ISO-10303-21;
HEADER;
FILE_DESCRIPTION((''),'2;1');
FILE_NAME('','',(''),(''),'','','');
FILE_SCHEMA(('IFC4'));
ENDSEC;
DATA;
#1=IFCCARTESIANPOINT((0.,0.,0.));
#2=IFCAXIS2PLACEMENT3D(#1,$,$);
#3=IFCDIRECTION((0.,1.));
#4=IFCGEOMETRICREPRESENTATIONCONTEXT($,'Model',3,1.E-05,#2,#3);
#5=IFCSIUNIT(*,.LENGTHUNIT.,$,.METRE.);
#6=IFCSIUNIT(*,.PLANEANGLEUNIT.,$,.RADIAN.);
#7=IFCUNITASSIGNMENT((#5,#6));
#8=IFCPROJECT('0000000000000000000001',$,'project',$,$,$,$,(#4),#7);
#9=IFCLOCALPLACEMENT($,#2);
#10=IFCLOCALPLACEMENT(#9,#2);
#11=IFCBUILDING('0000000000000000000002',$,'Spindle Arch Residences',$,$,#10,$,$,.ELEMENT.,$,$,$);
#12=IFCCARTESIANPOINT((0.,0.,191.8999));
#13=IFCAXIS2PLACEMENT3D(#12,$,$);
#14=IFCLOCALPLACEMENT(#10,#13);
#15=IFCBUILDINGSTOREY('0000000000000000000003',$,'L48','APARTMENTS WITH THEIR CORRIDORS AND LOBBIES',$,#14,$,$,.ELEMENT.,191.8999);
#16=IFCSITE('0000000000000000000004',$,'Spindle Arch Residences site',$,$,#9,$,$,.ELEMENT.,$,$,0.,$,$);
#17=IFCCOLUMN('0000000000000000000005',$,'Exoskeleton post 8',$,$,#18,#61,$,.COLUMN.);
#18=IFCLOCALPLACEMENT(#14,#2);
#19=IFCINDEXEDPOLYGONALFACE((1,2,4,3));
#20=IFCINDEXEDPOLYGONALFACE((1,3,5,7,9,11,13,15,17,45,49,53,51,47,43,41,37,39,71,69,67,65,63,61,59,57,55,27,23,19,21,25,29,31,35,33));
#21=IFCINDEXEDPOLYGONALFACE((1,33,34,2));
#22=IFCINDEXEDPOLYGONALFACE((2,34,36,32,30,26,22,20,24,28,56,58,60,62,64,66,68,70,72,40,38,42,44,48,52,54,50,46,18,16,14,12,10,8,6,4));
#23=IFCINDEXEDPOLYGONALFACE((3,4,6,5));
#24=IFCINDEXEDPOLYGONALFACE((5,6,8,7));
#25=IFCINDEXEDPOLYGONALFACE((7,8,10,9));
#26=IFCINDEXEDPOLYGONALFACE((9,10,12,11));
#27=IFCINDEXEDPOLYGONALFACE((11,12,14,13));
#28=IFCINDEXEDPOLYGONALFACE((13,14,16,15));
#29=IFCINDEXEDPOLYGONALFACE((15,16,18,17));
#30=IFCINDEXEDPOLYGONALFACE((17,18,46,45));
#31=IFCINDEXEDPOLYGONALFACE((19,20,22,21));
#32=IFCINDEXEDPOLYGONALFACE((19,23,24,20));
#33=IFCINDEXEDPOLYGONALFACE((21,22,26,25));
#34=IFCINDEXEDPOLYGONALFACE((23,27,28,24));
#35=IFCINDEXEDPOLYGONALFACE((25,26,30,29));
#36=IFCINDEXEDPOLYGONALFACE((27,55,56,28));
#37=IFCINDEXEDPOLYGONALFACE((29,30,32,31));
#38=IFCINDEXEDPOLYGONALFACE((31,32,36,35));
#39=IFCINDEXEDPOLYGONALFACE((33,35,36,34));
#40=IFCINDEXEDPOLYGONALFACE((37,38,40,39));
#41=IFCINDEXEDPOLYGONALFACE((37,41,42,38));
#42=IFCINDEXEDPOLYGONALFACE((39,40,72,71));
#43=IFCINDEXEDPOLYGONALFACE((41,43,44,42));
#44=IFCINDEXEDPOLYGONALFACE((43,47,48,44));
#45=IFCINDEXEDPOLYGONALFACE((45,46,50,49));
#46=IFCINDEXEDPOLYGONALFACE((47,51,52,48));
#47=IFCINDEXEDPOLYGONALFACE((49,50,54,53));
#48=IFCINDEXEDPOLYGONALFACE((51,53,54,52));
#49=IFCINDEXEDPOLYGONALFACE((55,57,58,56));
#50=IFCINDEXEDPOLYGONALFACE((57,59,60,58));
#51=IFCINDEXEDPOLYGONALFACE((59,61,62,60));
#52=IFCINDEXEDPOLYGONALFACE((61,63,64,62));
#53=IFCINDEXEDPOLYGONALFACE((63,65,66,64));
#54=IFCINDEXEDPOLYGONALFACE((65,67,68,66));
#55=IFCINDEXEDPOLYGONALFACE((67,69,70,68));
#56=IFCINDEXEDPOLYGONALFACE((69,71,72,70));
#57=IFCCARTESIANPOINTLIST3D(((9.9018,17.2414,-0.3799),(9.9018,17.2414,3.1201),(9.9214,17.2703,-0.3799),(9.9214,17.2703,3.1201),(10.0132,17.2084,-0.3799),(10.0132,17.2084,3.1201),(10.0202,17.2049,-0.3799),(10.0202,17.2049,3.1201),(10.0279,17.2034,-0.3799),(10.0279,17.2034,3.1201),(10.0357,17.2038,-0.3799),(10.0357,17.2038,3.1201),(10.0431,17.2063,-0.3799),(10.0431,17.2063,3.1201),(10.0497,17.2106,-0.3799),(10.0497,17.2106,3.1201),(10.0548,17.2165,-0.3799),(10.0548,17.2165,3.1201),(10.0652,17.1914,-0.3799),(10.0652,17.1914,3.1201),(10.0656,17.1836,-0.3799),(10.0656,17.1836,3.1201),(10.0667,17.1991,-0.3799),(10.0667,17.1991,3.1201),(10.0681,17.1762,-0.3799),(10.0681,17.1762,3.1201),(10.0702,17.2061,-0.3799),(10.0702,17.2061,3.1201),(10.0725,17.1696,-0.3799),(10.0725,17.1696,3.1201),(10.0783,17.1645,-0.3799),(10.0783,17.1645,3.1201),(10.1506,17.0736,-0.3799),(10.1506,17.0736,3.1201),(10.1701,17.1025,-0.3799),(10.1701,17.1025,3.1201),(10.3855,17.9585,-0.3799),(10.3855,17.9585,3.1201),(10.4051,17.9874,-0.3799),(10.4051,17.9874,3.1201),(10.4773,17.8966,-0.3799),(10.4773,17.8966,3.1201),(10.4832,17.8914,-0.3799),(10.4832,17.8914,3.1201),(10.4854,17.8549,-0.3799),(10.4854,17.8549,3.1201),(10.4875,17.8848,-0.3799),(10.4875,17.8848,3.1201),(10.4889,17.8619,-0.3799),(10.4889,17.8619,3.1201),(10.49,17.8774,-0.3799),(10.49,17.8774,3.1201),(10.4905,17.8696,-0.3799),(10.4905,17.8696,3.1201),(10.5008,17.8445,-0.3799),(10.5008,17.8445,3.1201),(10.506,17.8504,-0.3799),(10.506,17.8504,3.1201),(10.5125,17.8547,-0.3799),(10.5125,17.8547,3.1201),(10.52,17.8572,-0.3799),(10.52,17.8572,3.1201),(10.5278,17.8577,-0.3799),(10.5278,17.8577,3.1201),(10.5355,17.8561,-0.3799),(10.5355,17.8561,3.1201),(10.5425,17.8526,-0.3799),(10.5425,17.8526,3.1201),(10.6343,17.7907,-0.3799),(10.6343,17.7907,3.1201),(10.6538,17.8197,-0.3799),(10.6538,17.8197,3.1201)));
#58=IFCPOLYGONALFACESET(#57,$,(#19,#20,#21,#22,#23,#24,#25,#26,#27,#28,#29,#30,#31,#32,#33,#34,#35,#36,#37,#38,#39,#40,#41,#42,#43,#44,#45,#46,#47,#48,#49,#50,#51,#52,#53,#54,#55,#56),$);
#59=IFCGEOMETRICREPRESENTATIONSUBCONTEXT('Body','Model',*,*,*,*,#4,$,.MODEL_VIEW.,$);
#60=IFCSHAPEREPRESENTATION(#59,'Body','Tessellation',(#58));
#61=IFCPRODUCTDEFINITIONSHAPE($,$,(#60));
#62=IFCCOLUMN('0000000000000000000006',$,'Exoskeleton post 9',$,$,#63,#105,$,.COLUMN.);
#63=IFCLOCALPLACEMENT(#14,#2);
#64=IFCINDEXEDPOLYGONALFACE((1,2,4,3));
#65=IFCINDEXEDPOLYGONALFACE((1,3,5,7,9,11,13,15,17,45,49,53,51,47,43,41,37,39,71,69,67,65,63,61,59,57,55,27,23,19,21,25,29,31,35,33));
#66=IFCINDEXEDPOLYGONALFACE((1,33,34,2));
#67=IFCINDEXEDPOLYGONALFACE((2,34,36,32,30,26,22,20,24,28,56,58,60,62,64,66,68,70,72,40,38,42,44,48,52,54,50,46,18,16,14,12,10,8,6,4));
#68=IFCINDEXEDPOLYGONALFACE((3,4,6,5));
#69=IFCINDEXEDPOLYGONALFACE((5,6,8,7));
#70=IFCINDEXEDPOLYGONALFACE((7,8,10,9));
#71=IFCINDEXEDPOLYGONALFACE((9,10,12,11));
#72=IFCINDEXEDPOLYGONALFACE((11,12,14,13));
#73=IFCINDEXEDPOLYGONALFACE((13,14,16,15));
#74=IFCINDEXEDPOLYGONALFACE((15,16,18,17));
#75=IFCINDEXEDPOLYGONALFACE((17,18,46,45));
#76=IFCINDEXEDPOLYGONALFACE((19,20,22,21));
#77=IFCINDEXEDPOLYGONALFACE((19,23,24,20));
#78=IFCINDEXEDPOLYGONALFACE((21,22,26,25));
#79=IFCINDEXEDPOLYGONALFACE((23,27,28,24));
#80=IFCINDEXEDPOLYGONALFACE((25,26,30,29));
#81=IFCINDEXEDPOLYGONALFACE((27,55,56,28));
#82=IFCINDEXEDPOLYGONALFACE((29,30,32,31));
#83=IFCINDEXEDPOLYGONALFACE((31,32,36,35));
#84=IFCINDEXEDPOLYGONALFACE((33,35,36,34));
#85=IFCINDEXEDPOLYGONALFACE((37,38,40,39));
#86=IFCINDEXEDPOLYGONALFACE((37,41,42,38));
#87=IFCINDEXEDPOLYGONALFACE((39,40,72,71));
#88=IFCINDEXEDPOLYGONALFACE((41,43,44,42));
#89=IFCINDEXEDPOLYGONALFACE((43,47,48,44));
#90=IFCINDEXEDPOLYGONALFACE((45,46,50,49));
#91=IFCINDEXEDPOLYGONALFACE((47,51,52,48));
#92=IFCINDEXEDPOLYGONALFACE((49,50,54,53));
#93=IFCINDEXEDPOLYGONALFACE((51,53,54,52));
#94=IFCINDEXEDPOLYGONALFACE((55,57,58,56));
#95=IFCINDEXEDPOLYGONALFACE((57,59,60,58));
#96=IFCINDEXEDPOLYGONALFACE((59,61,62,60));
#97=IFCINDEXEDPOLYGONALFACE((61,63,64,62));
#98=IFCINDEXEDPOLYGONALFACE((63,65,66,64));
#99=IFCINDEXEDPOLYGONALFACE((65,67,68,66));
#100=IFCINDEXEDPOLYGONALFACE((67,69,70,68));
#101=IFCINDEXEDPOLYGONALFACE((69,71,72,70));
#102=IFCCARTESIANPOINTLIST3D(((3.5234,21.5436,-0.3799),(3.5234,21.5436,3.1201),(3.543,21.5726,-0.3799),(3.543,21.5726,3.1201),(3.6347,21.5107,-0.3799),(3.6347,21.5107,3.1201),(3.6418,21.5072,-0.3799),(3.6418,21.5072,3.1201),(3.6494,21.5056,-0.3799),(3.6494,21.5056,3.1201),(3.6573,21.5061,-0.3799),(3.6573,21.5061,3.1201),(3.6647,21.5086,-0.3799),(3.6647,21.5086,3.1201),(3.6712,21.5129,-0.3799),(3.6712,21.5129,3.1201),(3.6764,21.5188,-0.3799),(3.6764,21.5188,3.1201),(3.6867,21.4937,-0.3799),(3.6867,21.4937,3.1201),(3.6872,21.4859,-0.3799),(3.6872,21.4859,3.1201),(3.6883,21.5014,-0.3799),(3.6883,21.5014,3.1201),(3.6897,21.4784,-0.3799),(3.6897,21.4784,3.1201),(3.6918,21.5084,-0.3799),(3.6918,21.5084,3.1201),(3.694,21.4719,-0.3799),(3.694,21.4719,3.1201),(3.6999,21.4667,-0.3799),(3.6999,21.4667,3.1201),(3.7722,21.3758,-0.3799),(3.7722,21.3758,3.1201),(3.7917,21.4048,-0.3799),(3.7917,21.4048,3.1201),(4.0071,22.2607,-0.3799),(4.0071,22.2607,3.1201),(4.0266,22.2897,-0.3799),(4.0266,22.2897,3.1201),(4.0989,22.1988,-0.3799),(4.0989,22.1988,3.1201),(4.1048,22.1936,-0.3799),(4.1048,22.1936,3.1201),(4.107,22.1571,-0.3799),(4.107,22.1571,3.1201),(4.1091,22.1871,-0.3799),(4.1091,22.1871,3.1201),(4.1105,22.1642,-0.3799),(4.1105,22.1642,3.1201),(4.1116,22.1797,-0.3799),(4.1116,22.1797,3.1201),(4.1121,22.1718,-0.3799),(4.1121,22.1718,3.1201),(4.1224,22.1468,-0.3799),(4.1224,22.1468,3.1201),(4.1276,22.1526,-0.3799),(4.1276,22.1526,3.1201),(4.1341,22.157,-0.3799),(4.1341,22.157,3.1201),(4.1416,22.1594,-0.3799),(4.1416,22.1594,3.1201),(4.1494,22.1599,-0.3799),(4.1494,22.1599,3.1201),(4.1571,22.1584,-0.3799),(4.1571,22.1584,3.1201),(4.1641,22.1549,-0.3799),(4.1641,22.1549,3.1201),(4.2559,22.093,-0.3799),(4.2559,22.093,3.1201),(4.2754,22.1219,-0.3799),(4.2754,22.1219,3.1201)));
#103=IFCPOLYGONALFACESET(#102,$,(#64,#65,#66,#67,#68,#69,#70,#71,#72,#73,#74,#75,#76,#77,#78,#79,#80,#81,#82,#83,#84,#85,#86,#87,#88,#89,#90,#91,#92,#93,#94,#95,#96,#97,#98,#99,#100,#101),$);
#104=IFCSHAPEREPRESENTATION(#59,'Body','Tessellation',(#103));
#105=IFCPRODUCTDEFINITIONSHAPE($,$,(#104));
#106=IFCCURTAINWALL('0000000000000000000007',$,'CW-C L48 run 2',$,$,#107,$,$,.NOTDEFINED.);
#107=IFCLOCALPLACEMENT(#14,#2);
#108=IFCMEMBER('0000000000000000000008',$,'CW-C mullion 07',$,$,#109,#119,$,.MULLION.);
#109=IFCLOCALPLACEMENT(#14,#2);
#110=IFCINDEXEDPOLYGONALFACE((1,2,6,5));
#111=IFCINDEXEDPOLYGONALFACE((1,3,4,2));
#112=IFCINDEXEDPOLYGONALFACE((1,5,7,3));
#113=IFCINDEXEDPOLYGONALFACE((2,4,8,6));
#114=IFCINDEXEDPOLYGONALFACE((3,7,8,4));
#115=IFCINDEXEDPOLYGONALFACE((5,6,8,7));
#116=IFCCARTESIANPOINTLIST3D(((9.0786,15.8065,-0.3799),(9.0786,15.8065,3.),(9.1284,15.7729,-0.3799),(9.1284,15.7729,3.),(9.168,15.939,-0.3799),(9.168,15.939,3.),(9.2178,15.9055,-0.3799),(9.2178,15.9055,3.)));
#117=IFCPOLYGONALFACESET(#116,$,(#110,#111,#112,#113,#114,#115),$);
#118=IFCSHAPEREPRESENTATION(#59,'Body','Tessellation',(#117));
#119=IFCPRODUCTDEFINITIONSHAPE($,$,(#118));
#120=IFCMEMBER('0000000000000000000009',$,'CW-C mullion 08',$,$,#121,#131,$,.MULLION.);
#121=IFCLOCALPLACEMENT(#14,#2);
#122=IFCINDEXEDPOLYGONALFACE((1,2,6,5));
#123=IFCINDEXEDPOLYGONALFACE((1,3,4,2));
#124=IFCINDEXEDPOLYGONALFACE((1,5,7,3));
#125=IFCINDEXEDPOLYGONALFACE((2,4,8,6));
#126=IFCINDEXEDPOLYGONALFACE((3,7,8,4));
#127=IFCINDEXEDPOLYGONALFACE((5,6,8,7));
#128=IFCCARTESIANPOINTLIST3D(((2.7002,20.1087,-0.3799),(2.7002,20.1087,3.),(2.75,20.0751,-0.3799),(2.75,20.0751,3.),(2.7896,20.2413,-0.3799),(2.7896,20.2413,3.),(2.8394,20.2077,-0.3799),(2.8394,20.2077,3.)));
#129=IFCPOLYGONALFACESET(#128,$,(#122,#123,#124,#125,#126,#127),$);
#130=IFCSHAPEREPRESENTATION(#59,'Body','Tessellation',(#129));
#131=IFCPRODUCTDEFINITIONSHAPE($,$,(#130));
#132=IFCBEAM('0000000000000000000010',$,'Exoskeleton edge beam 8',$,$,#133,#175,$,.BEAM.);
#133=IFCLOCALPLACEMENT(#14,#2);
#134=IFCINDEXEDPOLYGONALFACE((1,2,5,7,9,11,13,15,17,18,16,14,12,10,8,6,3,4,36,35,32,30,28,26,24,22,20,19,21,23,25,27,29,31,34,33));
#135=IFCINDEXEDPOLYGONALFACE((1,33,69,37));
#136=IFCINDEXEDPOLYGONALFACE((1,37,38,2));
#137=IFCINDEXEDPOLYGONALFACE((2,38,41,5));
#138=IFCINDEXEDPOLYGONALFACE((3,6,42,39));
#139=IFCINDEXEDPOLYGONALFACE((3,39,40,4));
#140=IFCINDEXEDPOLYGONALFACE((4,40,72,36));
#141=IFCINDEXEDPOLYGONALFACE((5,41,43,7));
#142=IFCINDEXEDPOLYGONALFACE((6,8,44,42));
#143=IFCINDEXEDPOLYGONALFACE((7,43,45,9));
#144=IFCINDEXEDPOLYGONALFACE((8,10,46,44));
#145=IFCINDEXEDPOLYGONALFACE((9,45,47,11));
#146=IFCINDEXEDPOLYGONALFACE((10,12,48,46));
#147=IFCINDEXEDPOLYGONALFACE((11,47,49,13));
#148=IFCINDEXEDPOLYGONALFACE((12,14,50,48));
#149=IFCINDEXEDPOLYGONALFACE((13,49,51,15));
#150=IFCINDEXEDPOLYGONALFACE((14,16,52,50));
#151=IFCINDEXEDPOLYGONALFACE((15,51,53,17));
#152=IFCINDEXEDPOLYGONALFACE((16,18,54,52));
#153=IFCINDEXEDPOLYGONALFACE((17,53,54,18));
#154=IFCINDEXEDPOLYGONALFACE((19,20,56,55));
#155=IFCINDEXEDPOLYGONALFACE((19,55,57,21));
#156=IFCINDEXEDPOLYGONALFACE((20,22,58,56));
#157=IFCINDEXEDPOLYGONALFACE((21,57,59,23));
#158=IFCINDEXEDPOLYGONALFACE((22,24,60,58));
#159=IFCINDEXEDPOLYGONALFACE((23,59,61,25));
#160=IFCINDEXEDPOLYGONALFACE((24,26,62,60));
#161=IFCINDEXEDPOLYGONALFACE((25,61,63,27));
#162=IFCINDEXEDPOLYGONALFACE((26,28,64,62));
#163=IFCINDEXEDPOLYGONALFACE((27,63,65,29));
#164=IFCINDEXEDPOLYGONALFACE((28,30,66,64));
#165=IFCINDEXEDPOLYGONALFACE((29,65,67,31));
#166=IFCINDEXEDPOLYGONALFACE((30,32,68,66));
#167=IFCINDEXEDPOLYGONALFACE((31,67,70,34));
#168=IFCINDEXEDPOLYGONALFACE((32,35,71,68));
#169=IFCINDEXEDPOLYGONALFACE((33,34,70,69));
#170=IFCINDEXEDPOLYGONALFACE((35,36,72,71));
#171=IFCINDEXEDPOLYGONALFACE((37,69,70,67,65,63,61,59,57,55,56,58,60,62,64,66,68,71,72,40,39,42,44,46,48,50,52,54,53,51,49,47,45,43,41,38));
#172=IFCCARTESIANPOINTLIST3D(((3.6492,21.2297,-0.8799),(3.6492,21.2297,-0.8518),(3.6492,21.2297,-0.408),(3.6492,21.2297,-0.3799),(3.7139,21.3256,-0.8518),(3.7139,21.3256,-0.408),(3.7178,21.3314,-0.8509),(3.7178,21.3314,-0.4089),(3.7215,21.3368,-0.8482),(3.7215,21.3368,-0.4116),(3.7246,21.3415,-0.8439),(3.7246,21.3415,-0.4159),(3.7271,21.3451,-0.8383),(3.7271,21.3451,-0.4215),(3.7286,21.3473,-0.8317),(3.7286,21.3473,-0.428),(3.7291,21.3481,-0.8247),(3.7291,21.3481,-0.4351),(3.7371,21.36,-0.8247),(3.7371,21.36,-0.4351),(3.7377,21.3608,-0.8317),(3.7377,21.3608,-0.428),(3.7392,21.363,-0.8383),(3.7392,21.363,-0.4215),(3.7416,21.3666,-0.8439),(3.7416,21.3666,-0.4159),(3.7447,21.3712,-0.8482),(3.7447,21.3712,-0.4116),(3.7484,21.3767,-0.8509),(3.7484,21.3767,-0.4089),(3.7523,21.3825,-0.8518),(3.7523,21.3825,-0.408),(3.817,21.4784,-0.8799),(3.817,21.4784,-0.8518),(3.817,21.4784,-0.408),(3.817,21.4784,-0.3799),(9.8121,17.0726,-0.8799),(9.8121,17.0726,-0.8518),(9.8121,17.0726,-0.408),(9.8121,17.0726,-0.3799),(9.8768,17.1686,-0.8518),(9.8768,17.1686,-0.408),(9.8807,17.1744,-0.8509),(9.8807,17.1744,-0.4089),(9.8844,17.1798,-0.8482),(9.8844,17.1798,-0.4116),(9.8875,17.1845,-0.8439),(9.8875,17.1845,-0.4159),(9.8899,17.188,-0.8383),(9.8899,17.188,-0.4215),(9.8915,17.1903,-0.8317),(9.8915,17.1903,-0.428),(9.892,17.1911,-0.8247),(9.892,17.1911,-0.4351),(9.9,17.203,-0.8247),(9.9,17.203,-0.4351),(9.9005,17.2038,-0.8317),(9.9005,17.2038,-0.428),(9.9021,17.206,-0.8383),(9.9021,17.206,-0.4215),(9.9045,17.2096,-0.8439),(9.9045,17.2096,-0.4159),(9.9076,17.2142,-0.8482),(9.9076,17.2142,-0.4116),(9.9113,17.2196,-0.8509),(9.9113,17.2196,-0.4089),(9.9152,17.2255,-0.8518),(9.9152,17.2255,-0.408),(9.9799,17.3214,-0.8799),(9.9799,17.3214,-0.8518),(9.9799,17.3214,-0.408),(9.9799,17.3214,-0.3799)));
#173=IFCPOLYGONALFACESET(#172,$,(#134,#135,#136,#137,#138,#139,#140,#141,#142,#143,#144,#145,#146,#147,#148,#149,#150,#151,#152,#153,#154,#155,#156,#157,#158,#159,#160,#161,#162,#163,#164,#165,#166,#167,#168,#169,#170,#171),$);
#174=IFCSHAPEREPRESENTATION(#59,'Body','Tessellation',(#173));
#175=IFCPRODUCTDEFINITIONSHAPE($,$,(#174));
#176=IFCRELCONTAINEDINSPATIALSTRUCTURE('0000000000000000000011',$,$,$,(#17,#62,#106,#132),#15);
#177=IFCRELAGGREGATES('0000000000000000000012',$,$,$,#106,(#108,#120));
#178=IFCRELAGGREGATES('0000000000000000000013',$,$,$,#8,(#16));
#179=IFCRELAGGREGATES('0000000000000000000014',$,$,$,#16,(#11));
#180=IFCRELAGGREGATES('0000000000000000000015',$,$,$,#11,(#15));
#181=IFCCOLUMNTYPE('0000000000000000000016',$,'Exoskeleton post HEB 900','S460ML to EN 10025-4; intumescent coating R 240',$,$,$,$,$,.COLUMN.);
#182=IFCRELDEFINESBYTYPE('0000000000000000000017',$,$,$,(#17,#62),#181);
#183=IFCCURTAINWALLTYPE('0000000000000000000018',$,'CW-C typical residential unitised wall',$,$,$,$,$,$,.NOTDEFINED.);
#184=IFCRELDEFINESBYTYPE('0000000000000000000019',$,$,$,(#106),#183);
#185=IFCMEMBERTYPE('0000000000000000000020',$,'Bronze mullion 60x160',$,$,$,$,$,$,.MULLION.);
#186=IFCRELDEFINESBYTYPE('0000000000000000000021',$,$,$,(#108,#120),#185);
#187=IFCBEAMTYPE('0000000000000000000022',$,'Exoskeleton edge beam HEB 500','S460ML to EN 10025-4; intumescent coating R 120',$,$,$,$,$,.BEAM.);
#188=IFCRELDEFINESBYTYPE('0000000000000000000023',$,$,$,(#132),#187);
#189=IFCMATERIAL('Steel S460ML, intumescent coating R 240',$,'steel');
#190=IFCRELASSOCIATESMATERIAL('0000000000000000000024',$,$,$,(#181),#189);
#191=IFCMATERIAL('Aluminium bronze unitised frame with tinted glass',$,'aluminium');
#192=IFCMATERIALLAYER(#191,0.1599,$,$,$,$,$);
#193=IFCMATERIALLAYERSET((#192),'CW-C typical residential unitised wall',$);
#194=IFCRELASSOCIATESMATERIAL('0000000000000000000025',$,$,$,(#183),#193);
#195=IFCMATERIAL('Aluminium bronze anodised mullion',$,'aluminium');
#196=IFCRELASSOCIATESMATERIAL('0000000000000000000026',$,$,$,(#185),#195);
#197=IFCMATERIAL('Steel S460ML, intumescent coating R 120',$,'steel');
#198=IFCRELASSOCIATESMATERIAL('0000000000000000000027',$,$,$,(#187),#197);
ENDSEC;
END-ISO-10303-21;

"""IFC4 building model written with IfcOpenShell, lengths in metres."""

from ifc_helpers import new_model, si_unit, direction, frame, origin, origin_2d, place, context, subcontext, project, spatial, rectangle, i_section, extrude, material, layer, layer_set, material_profile, profile_set, type_object, element, aggregate, save


model = new_model("IFC4")

# Units and contexts
model_context = context("Model", 3, precision=1e-05, world=origin(), true_north=direction((0.0, 1.0)))
body_context = subcontext(model_context, "Body", "Model", "MODEL_VIEW")
ifc_project = project(units=[si_unit("LENGTHUNIT", "METRE"), si_unit("PLANEANGLEUNIT", "RADIAN")], contexts=[model_context])

# Site, building, storey
site_placement = place(None, origin())
site = spatial("IfcSite", under=ifc_project, at=site_placement, Name="Spindle Arch Residences site", CompositionType="ELEMENT", RefElevation=0.0)
building_placement = place(site_placement, origin())
building = spatial("IfcBuilding", under=site, at=building_placement, Name="Spindle Arch Residences", CompositionType="ELEMENT")
storey_placement = place(building_placement, frame((0.0, 0.0, 191.8999)))
storey = spatial("IfcBuildingStorey", under=building, at=storey_placement, Name="L48", Description="APARTMENTS WITH THEIR CORRIDORS AND LOBBIES", CompositionType="ELEMENT", Elevation=191.8999)

# Columns
ifc_material_1 = material(Name="Steel S460ML, intumescent coating R 240", Category="steel")
ifc_material_profile_1 = material_profile(ifc_material_1, i_section(OverallWidth=0.3, OverallDepth=0.8999, WebThickness=0.0186, FlangeThickness=0.0349, FilletRadius=0.03, at=origin_2d()), Name="HEB 900")
ifc_profile_set_1 = profile_set([ifc_material_profile_1], Name="Steel S460ML, intumescent coating R 240")
column_type = type_object("IfcColumnType", Name="Exoskeleton post HEB 900", Description="S460ML to EN 10025-4; intumescent coating R 240", PredefinedType="COLUMN", material=ifc_profile_set_1)
for number, where, z_axis, x_axis, name in (
    (1, (10.2778, 17.5305, -0.3799), (0.0, 0.0, 1.0), (0.829038, -0.559193, 0.0), "Exoskeleton post 8"),
    (2, (3.8994, 21.8328, -0.3799), (0.0, 0.0, 1.0), (0.829038, -0.559193, 0.0), "Exoskeleton post 9"),
):
    element("IfcColumn", number, at=place(storey_placement, frame(where, z_axis=z_axis, x_axis=x_axis)), inside=storey, type_object=column_type, Name=name, PredefinedType="COLUMN", context=body_context, shape_type="SweptSolid", body=[
        extrude(i_section(OverallWidth=0.3, OverallDepth=0.8999, WebThickness=0.0186, FlangeThickness=0.0349, FilletRadius=0.03, at=origin_2d()), origin(), (0.0, 0.0, 1.0), 3.5),
    ])

# Curtain wall, members
ifc_material_2 = material(Name="Aluminium bronze unitised frame with tinted glass", Category="aluminium")
ifc_layer_1 = layer(ifc_material_2, 0.1599)
ifc_layer_set_1 = layer_set([ifc_layer_1], Name="CW-C typical residential unitised wall")
curtain_wall_type = type_object("IfcCurtainWallType", Name="CW-C typical residential unitised wall", PredefinedType="NOTDEFINED", material=ifc_layer_set_1)
curtain_wall_placement = place(storey_placement, origin())
curtain_wall = element("IfcCurtainWall", 3, at=curtain_wall_placement, inside=storey, type_object=curtain_wall_type, Name="CW-C L48 run 2", PredefinedType="NOTDEFINED")
ifc_material_3 = material(Name="Aluminium bronze anodised mullion", Category="aluminium")
ifc_material_profile_2 = material_profile(ifc_material_3, rectangle(XDim=0.1599, YDim=0.0601, at=origin_2d()), Name="MU 60x160")
ifc_profile_set_2 = profile_set([ifc_material_profile_2], Name="Aluminium bronze anodised mullion")
member_type = type_object("IfcMemberType", Name="Bronze mullion 60x160", PredefinedType="MULLION", material=ifc_profile_set_2)
member_1_placement = place(storey_placement, frame((9.1482, 15.856, -0.3799), z_axis=(0.0, 0.0, 1.0), x_axis=(-0.559193, -0.829038, 0.0)))
member_1 = element("IfcMember", 4, at=member_1_placement, type_object=member_type, Name="CW-C mullion 07", PredefinedType="MULLION", context=body_context, shape_type="SweptSolid", body=[
    extrude(rectangle(XDim=0.1599, YDim=0.0601, at=origin_2d()), origin(), (0.0, 0.0, 1.0), 3.3799),
])
member_2_placement = place(storey_placement, frame((2.7698, 20.1582, -0.3799), z_axis=(0.0, 0.0, 1.0), x_axis=(-0.559193, -0.829038, 0.0)))
member_2 = element("IfcMember", 5, at=member_2_placement, type_object=member_type, Name="CW-C mullion 08", PredefinedType="MULLION", context=body_context, shape_type="SweptSolid", body=[
    extrude(rectangle(XDim=0.1599, YDim=0.0601, at=origin_2d()), origin(), (0.0, 0.0, 1.0), 3.3799),
])

# Beam
ifc_material_4 = material(Name="Steel S460ML, intumescent coating R 120", Category="steel")
ifc_material_profile_3 = material_profile(ifc_material_4, i_section(OverallWidth=0.3, OverallDepth=0.5, WebThickness=0.0144, FlangeThickness=0.0281, FilletRadius=0.0271, at=origin_2d()), Name="HEB 500")
ifc_profile_set_3 = profile_set([ifc_material_profile_3], Name="Steel S460ML, intumescent coating R 120")
beam_type_1 = type_object("IfcBeamType", Name="Exoskeleton edge beam HEB 500", Description="S460ML to EN 10025-4; intumescent coating R 120", PredefinedType="BEAM", material=ifc_profile_set_3)
for number, where, z_axis, x_axis, name in (
    (6, (9.896, 17.197, -0.6299), (-0.829032, 0.559202, 0.0), (-0.559202, -0.829032, 0.0), "Exoskeleton edge beam 8"),
):
    element("IfcBeam", number, at=place(storey_placement, frame(where, z_axis=z_axis, x_axis=x_axis)), inside=storey, type_object=beam_type_1, Name=name, PredefinedType="BEAM", context=body_context, shape_type="SweptSolid", body=[
        extrude(i_section(OverallWidth=0.3, OverallDepth=0.5, WebThickness=0.0144, FlangeThickness=0.0281, FilletRadius=0.0271, at=origin_2d()), origin(), (0.0, 0.0, 1.0), 7.4338),
    ])

aggregate(curtain_wall, [member_1, member_2])

save(model, "model.ifc")
